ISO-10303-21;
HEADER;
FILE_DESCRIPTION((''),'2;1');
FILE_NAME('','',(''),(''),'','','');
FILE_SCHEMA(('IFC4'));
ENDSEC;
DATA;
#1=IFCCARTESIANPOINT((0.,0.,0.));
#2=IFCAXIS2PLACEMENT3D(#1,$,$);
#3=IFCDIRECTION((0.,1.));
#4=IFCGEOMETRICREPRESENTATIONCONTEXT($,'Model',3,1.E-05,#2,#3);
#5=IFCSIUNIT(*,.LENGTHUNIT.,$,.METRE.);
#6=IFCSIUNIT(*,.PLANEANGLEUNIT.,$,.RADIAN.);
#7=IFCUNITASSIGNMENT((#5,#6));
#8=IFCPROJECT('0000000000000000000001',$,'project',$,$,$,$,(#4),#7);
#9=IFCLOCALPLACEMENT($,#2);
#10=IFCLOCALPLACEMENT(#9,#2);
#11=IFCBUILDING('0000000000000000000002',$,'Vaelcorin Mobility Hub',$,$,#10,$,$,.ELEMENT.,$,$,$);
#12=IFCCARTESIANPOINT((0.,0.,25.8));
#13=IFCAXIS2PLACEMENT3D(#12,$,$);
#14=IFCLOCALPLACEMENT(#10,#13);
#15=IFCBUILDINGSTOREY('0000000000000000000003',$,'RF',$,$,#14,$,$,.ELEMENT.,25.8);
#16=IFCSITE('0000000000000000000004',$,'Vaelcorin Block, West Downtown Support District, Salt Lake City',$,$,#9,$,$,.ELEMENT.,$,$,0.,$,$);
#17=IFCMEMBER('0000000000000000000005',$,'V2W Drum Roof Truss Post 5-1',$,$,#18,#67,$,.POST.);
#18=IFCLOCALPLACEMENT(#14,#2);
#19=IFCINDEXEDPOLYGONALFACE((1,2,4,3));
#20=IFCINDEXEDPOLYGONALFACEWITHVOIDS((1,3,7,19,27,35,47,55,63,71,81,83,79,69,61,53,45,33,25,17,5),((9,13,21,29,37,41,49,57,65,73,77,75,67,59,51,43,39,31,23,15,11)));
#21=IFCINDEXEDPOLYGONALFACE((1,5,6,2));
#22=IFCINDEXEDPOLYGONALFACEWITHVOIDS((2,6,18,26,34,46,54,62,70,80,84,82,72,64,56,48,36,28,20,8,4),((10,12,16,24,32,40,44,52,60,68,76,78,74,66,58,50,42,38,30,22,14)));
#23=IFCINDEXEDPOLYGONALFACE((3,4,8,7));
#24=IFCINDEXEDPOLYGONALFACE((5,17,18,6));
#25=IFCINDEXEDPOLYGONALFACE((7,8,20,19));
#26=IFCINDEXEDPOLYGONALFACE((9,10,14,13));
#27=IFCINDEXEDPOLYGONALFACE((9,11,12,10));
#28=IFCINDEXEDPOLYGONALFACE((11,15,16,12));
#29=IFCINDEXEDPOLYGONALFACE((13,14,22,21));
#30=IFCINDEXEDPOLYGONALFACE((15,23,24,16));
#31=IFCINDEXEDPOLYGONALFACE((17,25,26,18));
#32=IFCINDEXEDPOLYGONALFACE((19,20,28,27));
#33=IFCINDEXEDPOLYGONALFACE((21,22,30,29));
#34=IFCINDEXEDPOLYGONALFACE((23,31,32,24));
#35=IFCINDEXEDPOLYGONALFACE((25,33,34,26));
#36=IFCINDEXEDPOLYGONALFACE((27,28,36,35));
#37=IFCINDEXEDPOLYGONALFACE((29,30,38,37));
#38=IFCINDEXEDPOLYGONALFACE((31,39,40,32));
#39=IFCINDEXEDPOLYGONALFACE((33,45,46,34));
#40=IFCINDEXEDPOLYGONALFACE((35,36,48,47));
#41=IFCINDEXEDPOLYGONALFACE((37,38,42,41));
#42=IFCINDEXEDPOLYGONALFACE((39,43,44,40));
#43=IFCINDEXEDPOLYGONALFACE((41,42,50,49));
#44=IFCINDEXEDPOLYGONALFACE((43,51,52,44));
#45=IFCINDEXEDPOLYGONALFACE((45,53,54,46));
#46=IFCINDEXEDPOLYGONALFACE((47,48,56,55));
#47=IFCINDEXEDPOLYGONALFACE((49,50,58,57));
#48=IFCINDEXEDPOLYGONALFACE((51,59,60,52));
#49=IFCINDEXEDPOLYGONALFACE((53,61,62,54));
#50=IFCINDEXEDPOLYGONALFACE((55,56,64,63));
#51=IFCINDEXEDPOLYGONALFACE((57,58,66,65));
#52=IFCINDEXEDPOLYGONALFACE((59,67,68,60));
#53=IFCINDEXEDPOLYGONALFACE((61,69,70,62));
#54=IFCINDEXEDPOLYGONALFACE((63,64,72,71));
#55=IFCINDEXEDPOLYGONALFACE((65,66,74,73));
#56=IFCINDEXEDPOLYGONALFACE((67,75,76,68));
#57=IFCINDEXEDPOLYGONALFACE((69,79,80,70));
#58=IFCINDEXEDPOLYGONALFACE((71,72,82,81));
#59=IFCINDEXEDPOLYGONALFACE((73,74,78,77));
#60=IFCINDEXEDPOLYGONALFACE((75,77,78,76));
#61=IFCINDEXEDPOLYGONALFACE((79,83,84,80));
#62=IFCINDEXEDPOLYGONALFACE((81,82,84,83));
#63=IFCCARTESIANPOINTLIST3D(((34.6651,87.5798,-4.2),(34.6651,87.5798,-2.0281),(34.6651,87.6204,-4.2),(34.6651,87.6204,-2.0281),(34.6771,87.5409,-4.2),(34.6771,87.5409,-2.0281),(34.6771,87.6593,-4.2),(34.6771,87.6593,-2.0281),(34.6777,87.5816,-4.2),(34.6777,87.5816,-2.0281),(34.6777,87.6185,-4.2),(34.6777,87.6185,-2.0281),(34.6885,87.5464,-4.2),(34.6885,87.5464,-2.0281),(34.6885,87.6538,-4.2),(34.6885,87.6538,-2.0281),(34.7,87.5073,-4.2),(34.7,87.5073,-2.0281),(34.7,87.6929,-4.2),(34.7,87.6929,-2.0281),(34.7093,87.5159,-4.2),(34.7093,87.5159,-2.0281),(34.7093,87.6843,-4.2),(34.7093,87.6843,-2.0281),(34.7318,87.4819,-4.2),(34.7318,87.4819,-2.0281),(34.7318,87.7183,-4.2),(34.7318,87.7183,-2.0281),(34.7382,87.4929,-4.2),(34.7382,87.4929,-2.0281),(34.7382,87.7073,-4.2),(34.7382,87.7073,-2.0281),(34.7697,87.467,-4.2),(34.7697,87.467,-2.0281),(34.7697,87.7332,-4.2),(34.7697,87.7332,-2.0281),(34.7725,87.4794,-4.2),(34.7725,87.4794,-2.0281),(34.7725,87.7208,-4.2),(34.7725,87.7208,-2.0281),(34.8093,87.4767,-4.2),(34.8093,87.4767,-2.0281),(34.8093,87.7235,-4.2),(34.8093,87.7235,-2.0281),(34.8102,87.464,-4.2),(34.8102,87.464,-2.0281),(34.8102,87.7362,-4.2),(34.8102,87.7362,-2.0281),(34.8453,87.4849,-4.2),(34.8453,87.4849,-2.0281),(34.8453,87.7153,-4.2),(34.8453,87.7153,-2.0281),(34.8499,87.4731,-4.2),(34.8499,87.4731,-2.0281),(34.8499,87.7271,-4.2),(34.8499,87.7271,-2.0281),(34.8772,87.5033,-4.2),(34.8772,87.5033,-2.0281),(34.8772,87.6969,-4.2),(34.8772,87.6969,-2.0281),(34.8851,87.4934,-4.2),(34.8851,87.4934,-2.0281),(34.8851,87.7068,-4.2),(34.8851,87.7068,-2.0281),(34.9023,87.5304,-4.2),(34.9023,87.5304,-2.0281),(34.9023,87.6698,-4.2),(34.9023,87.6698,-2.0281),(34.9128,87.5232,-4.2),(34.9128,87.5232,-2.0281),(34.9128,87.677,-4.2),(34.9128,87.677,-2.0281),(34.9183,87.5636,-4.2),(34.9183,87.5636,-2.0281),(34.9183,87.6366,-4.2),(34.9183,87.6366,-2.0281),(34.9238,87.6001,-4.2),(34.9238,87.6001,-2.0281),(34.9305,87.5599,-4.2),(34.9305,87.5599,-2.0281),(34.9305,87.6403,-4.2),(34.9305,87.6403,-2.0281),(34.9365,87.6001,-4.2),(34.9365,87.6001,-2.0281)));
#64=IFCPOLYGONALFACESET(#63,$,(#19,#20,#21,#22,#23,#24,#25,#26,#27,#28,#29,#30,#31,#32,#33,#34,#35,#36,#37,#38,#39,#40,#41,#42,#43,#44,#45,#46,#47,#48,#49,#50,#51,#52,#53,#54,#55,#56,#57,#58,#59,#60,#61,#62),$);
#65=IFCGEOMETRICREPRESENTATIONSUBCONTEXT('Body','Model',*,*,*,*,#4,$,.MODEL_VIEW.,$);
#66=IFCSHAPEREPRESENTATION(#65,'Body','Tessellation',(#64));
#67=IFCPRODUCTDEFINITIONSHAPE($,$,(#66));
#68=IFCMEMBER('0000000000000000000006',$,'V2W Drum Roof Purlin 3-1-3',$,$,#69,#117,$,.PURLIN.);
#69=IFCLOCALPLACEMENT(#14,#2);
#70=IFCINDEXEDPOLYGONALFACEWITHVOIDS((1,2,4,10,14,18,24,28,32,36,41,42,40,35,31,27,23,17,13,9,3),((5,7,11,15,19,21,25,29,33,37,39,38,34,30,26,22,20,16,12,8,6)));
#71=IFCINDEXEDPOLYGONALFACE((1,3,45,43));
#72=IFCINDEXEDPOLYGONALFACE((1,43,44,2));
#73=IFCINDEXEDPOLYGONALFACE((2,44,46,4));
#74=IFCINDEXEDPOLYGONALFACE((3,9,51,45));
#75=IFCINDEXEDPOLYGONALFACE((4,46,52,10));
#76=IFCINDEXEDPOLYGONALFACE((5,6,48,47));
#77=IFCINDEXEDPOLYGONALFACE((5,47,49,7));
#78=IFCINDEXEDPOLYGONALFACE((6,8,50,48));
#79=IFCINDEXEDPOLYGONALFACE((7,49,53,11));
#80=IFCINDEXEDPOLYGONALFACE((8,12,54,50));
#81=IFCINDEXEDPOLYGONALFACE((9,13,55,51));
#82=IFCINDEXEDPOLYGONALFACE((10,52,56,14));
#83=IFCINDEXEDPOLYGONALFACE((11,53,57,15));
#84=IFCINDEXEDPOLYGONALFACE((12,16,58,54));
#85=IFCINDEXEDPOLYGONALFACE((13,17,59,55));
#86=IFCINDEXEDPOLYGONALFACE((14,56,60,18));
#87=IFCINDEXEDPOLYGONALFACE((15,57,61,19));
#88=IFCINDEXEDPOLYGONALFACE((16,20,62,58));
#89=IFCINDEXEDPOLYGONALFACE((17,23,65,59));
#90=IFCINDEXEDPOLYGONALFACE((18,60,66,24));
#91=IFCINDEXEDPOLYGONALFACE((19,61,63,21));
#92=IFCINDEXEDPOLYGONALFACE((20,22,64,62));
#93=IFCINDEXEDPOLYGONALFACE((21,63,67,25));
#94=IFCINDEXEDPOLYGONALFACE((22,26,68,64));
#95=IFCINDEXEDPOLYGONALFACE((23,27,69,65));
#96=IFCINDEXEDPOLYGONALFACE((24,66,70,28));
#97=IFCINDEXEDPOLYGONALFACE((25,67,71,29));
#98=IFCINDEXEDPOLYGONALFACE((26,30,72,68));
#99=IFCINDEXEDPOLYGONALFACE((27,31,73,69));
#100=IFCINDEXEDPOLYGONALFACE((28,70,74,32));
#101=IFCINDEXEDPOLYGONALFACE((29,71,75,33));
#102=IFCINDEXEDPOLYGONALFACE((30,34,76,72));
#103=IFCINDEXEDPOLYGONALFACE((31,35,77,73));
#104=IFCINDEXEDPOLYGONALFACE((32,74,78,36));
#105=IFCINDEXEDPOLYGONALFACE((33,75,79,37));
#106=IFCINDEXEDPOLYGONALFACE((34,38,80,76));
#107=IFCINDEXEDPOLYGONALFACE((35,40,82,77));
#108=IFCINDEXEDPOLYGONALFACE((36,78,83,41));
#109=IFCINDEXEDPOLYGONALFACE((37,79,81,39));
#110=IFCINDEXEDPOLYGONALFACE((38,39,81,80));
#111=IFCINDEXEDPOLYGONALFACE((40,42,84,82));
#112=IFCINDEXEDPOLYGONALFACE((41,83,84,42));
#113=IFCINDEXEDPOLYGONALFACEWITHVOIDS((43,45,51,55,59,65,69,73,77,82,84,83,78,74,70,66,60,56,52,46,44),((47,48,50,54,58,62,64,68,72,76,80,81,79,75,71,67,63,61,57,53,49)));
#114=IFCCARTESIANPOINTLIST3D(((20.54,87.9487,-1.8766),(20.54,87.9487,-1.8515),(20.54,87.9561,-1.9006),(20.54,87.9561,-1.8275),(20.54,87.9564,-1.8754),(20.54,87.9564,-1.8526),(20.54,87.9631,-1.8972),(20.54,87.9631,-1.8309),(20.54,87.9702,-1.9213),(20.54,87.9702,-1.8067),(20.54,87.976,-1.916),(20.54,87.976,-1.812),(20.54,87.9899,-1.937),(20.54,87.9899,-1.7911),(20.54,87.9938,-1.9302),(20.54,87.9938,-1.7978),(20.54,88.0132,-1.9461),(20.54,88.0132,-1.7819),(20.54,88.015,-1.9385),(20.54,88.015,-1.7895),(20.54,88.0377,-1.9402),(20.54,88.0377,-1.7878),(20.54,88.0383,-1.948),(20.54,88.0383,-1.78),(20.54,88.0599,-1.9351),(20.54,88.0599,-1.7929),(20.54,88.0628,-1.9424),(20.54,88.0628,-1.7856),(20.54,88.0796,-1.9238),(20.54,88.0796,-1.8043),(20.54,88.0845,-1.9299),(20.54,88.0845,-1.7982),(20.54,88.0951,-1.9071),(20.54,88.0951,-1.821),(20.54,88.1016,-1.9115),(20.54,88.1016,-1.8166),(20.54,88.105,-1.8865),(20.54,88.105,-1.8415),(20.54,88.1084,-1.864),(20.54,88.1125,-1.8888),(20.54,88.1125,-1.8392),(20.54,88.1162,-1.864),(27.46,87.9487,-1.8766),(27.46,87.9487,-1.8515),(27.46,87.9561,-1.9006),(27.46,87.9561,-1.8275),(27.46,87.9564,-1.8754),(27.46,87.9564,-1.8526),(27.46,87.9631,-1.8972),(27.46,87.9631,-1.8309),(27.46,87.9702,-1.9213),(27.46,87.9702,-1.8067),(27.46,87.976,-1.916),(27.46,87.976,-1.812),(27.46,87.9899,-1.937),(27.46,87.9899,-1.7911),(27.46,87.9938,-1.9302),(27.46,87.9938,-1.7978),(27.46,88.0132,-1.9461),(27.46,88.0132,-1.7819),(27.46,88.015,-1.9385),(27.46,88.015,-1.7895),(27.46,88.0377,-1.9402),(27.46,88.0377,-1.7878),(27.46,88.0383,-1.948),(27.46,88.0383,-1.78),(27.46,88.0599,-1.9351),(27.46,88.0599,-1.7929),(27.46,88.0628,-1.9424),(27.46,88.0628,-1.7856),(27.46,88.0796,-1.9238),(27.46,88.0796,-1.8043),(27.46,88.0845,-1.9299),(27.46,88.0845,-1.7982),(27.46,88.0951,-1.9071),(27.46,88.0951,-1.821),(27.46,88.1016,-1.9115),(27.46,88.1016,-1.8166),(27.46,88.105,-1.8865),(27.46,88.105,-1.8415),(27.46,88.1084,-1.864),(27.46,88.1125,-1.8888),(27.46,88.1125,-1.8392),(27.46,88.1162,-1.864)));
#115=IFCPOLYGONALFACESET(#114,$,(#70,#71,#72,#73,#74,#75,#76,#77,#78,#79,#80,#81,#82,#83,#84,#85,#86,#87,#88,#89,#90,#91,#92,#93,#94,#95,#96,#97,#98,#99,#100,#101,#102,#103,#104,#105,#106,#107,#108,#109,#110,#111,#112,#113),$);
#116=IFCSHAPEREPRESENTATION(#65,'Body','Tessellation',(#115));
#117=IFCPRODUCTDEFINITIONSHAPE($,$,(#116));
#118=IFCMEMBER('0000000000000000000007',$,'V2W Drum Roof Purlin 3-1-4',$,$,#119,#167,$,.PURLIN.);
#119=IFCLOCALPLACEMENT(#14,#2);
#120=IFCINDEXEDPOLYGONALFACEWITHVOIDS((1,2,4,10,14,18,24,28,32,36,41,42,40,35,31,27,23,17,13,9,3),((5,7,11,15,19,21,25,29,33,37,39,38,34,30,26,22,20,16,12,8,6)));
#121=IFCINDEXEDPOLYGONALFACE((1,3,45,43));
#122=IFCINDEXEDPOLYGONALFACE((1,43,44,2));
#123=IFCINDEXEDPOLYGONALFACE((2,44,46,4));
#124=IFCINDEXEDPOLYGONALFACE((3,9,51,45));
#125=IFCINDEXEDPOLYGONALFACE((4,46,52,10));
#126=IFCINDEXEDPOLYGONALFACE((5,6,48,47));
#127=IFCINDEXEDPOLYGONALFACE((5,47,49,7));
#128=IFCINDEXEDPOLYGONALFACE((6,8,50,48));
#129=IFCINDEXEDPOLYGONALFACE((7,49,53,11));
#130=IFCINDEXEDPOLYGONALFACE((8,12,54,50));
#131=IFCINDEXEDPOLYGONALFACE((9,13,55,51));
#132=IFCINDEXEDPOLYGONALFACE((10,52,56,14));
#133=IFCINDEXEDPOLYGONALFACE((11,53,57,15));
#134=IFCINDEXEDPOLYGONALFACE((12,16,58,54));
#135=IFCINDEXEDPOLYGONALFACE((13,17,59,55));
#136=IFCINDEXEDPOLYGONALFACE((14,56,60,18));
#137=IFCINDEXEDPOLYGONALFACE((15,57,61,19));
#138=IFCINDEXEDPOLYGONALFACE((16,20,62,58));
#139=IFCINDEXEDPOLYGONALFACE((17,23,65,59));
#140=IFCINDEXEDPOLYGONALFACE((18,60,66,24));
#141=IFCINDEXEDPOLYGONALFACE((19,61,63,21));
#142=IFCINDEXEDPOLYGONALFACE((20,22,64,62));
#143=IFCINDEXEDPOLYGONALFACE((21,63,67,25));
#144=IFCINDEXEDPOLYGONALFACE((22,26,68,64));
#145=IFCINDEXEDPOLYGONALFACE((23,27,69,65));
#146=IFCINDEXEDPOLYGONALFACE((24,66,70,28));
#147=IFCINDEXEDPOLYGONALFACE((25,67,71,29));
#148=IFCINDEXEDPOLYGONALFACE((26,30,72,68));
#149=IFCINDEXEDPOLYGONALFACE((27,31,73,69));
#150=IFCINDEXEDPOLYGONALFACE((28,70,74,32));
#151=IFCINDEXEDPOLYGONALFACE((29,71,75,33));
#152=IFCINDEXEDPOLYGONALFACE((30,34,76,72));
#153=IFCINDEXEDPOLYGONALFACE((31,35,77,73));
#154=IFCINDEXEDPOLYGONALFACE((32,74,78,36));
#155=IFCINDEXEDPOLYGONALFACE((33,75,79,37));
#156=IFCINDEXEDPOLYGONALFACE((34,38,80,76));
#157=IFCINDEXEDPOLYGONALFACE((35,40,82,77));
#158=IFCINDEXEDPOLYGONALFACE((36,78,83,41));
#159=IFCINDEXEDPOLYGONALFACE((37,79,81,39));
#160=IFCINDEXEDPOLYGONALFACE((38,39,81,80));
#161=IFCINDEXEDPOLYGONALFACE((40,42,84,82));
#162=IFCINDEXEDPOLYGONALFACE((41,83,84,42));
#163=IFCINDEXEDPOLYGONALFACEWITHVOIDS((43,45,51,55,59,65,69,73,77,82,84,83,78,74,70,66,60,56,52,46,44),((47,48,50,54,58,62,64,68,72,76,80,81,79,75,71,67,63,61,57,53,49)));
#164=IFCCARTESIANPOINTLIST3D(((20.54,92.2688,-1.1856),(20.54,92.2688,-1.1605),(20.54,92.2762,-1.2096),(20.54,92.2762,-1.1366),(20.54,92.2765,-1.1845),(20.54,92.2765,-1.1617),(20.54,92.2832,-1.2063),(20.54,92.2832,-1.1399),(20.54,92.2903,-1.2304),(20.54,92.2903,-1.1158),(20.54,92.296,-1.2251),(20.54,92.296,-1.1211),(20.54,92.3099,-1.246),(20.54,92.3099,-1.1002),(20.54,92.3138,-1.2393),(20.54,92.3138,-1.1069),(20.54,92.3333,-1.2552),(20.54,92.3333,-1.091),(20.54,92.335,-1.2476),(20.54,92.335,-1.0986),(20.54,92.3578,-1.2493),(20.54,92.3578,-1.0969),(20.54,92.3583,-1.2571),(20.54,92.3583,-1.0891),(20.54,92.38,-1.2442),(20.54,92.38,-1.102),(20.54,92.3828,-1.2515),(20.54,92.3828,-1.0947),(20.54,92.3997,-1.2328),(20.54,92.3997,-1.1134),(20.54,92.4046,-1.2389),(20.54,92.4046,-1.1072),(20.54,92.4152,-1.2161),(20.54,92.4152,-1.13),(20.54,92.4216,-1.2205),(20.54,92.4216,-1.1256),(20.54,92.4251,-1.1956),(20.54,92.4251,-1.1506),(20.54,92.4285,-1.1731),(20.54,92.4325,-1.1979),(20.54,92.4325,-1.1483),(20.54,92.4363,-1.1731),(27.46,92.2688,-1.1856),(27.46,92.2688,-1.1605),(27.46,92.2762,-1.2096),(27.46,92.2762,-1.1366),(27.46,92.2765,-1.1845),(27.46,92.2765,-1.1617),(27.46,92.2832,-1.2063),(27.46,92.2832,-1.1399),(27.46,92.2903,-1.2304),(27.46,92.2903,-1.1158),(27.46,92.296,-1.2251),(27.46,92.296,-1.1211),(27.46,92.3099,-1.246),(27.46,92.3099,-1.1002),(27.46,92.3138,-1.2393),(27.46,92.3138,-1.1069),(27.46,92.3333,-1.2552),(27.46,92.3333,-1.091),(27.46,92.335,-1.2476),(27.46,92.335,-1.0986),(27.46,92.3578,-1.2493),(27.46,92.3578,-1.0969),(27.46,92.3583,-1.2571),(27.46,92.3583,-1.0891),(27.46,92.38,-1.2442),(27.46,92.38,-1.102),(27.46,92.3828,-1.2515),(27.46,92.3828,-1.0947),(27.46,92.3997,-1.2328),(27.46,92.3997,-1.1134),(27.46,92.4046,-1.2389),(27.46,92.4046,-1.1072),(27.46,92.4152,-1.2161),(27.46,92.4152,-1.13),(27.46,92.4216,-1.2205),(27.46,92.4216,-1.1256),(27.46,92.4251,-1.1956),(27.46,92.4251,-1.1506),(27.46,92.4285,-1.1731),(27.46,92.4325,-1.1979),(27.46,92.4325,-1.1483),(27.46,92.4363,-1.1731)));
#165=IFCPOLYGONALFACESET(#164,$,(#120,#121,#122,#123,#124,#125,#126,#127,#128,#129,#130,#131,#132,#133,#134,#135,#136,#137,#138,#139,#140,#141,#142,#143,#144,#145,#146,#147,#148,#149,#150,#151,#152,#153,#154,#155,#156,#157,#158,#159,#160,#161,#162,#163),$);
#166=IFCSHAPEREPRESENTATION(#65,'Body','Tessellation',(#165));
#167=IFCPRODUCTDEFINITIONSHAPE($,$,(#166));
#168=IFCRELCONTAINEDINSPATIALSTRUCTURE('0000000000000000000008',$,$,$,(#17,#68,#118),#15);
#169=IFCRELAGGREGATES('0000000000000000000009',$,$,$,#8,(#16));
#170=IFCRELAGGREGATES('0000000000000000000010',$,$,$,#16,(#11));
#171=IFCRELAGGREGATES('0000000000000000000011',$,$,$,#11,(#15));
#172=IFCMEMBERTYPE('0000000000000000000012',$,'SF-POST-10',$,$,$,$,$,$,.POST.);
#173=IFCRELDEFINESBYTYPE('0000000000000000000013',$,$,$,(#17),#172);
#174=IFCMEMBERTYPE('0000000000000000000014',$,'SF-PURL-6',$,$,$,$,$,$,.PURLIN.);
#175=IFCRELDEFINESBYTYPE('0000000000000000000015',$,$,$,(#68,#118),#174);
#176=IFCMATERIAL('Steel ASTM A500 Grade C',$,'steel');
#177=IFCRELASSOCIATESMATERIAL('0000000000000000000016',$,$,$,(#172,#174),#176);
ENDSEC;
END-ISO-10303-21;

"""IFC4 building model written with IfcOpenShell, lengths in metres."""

from ifc_helpers import new_model, si_unit, direction, frame, origin, origin_2d, place, context, subcontext, project, spatial, hollow_circle, extrude, material, material_profile, profile_set, type_object, element, save


model = new_model("IFC4")

# Units and contexts
model_context = context("Model", 3, precision=1e-05, world=origin(), true_north=direction((0.0, 1.0)))
body_context = subcontext(model_context, "Body", "Model", "MODEL_VIEW")
ifc_project = project(units=[si_unit("LENGTHUNIT", "METRE"), si_unit("PLANEANGLEUNIT", "RADIAN")], contexts=[model_context])

# Site, building, storey
site_placement = place(None, origin())
site = spatial("IfcSite", under=ifc_project, at=site_placement, Name="Vaelcorin Block, West Downtown Support District, Salt Lake City", CompositionType="ELEMENT", RefElevation=0.0)
building_placement = place(site_placement, origin())
building = spatial("IfcBuilding", under=site, at=building_placement, Name="Vaelcorin Mobility Hub", CompositionType="ELEMENT")
storey_placement = place(building_placement, frame((0.0, 0.0, 25.8)))
storey = spatial("IfcBuildingStorey", under=building, at=storey_placement, Name="RF", CompositionType="ELEMENT", Elevation=25.8)

# Members
ifc_material_1 = material(Name="Steel ASTM A500 Grade C", Category="steel")
ifc_material_profile_1 = material_profile(ifc_material_1, hollow_circle(Radius=0.1365, WallThickness=0.0127, at=origin_2d()), Name="HSS10.750X0.500")
ifc_profile_set_1 = profile_set([ifc_material_profile_1], Name="Steel ASTM A500 Grade C")
member_type_1 = type_object("IfcMemberType", Name="SF-POST-10", PredefinedType="POST", material=ifc_profile_set_1)
for number, where, z_axis, x_axis, name in (
    (1, (34.8, 87.6001, -4.2), (0.0, 0.0, 1.0), (1.0, 0.0, 0.0), "V2W Drum Roof Truss Post 5-1"),
):
    element("IfcMember", number, at=place(storey_placement, frame(where, z_axis=z_axis, x_axis=x_axis)), inside=storey, type_object=member_type_1, Name=name, PredefinedType="POST", context=body_context, shape_type="SweptSolid", body=[
        extrude(hollow_circle(Radius=0.1365, WallThickness=0.0127, at=origin_2d()), origin(), (0.0, 0.0, 1.0), 2.1719),
    ])
ifc_material_profile_2 = material_profile(ifc_material_1, hollow_circle(Radius=0.0842, WallThickness=0.0078, at=origin_2d()), Name="HSS6.625X0.312")
ifc_profile_set_2 = profile_set([ifc_material_profile_2], Name="Steel ASTM A500 Grade C")
member_type_2 = type_object("IfcMemberType", Name="SF-PURL-6", PredefinedType="PURLIN", material=ifc_profile_set_2)
for number, where, z_axis, x_axis, name in (
    (2, (20.54, 88.032, -1.864), (1.0, 0.0, 0.0), (0.0, 1.0, 0.0), "V2W Drum Roof Purlin 3-1-3"),
    (3, (20.54, 92.3521, -1.1731), (1.0, 0.0, 0.0), (0.0, 1.0, 0.0), "V2W Drum Roof Purlin 3-1-4"),
):
    element("IfcMember", number, at=place(storey_placement, frame(where, z_axis=z_axis, x_axis=x_axis)), inside=storey, type_object=member_type_2, Name=name, PredefinedType="PURLIN", context=body_context, shape_type="SweptSolid", body=[
        extrude(hollow_circle(Radius=0.0842, WallThickness=0.0078, at=origin_2d()), origin(), (0.0, 0.0, 1.0), 6.9199),
    ])

save(model, "model.ifc")
